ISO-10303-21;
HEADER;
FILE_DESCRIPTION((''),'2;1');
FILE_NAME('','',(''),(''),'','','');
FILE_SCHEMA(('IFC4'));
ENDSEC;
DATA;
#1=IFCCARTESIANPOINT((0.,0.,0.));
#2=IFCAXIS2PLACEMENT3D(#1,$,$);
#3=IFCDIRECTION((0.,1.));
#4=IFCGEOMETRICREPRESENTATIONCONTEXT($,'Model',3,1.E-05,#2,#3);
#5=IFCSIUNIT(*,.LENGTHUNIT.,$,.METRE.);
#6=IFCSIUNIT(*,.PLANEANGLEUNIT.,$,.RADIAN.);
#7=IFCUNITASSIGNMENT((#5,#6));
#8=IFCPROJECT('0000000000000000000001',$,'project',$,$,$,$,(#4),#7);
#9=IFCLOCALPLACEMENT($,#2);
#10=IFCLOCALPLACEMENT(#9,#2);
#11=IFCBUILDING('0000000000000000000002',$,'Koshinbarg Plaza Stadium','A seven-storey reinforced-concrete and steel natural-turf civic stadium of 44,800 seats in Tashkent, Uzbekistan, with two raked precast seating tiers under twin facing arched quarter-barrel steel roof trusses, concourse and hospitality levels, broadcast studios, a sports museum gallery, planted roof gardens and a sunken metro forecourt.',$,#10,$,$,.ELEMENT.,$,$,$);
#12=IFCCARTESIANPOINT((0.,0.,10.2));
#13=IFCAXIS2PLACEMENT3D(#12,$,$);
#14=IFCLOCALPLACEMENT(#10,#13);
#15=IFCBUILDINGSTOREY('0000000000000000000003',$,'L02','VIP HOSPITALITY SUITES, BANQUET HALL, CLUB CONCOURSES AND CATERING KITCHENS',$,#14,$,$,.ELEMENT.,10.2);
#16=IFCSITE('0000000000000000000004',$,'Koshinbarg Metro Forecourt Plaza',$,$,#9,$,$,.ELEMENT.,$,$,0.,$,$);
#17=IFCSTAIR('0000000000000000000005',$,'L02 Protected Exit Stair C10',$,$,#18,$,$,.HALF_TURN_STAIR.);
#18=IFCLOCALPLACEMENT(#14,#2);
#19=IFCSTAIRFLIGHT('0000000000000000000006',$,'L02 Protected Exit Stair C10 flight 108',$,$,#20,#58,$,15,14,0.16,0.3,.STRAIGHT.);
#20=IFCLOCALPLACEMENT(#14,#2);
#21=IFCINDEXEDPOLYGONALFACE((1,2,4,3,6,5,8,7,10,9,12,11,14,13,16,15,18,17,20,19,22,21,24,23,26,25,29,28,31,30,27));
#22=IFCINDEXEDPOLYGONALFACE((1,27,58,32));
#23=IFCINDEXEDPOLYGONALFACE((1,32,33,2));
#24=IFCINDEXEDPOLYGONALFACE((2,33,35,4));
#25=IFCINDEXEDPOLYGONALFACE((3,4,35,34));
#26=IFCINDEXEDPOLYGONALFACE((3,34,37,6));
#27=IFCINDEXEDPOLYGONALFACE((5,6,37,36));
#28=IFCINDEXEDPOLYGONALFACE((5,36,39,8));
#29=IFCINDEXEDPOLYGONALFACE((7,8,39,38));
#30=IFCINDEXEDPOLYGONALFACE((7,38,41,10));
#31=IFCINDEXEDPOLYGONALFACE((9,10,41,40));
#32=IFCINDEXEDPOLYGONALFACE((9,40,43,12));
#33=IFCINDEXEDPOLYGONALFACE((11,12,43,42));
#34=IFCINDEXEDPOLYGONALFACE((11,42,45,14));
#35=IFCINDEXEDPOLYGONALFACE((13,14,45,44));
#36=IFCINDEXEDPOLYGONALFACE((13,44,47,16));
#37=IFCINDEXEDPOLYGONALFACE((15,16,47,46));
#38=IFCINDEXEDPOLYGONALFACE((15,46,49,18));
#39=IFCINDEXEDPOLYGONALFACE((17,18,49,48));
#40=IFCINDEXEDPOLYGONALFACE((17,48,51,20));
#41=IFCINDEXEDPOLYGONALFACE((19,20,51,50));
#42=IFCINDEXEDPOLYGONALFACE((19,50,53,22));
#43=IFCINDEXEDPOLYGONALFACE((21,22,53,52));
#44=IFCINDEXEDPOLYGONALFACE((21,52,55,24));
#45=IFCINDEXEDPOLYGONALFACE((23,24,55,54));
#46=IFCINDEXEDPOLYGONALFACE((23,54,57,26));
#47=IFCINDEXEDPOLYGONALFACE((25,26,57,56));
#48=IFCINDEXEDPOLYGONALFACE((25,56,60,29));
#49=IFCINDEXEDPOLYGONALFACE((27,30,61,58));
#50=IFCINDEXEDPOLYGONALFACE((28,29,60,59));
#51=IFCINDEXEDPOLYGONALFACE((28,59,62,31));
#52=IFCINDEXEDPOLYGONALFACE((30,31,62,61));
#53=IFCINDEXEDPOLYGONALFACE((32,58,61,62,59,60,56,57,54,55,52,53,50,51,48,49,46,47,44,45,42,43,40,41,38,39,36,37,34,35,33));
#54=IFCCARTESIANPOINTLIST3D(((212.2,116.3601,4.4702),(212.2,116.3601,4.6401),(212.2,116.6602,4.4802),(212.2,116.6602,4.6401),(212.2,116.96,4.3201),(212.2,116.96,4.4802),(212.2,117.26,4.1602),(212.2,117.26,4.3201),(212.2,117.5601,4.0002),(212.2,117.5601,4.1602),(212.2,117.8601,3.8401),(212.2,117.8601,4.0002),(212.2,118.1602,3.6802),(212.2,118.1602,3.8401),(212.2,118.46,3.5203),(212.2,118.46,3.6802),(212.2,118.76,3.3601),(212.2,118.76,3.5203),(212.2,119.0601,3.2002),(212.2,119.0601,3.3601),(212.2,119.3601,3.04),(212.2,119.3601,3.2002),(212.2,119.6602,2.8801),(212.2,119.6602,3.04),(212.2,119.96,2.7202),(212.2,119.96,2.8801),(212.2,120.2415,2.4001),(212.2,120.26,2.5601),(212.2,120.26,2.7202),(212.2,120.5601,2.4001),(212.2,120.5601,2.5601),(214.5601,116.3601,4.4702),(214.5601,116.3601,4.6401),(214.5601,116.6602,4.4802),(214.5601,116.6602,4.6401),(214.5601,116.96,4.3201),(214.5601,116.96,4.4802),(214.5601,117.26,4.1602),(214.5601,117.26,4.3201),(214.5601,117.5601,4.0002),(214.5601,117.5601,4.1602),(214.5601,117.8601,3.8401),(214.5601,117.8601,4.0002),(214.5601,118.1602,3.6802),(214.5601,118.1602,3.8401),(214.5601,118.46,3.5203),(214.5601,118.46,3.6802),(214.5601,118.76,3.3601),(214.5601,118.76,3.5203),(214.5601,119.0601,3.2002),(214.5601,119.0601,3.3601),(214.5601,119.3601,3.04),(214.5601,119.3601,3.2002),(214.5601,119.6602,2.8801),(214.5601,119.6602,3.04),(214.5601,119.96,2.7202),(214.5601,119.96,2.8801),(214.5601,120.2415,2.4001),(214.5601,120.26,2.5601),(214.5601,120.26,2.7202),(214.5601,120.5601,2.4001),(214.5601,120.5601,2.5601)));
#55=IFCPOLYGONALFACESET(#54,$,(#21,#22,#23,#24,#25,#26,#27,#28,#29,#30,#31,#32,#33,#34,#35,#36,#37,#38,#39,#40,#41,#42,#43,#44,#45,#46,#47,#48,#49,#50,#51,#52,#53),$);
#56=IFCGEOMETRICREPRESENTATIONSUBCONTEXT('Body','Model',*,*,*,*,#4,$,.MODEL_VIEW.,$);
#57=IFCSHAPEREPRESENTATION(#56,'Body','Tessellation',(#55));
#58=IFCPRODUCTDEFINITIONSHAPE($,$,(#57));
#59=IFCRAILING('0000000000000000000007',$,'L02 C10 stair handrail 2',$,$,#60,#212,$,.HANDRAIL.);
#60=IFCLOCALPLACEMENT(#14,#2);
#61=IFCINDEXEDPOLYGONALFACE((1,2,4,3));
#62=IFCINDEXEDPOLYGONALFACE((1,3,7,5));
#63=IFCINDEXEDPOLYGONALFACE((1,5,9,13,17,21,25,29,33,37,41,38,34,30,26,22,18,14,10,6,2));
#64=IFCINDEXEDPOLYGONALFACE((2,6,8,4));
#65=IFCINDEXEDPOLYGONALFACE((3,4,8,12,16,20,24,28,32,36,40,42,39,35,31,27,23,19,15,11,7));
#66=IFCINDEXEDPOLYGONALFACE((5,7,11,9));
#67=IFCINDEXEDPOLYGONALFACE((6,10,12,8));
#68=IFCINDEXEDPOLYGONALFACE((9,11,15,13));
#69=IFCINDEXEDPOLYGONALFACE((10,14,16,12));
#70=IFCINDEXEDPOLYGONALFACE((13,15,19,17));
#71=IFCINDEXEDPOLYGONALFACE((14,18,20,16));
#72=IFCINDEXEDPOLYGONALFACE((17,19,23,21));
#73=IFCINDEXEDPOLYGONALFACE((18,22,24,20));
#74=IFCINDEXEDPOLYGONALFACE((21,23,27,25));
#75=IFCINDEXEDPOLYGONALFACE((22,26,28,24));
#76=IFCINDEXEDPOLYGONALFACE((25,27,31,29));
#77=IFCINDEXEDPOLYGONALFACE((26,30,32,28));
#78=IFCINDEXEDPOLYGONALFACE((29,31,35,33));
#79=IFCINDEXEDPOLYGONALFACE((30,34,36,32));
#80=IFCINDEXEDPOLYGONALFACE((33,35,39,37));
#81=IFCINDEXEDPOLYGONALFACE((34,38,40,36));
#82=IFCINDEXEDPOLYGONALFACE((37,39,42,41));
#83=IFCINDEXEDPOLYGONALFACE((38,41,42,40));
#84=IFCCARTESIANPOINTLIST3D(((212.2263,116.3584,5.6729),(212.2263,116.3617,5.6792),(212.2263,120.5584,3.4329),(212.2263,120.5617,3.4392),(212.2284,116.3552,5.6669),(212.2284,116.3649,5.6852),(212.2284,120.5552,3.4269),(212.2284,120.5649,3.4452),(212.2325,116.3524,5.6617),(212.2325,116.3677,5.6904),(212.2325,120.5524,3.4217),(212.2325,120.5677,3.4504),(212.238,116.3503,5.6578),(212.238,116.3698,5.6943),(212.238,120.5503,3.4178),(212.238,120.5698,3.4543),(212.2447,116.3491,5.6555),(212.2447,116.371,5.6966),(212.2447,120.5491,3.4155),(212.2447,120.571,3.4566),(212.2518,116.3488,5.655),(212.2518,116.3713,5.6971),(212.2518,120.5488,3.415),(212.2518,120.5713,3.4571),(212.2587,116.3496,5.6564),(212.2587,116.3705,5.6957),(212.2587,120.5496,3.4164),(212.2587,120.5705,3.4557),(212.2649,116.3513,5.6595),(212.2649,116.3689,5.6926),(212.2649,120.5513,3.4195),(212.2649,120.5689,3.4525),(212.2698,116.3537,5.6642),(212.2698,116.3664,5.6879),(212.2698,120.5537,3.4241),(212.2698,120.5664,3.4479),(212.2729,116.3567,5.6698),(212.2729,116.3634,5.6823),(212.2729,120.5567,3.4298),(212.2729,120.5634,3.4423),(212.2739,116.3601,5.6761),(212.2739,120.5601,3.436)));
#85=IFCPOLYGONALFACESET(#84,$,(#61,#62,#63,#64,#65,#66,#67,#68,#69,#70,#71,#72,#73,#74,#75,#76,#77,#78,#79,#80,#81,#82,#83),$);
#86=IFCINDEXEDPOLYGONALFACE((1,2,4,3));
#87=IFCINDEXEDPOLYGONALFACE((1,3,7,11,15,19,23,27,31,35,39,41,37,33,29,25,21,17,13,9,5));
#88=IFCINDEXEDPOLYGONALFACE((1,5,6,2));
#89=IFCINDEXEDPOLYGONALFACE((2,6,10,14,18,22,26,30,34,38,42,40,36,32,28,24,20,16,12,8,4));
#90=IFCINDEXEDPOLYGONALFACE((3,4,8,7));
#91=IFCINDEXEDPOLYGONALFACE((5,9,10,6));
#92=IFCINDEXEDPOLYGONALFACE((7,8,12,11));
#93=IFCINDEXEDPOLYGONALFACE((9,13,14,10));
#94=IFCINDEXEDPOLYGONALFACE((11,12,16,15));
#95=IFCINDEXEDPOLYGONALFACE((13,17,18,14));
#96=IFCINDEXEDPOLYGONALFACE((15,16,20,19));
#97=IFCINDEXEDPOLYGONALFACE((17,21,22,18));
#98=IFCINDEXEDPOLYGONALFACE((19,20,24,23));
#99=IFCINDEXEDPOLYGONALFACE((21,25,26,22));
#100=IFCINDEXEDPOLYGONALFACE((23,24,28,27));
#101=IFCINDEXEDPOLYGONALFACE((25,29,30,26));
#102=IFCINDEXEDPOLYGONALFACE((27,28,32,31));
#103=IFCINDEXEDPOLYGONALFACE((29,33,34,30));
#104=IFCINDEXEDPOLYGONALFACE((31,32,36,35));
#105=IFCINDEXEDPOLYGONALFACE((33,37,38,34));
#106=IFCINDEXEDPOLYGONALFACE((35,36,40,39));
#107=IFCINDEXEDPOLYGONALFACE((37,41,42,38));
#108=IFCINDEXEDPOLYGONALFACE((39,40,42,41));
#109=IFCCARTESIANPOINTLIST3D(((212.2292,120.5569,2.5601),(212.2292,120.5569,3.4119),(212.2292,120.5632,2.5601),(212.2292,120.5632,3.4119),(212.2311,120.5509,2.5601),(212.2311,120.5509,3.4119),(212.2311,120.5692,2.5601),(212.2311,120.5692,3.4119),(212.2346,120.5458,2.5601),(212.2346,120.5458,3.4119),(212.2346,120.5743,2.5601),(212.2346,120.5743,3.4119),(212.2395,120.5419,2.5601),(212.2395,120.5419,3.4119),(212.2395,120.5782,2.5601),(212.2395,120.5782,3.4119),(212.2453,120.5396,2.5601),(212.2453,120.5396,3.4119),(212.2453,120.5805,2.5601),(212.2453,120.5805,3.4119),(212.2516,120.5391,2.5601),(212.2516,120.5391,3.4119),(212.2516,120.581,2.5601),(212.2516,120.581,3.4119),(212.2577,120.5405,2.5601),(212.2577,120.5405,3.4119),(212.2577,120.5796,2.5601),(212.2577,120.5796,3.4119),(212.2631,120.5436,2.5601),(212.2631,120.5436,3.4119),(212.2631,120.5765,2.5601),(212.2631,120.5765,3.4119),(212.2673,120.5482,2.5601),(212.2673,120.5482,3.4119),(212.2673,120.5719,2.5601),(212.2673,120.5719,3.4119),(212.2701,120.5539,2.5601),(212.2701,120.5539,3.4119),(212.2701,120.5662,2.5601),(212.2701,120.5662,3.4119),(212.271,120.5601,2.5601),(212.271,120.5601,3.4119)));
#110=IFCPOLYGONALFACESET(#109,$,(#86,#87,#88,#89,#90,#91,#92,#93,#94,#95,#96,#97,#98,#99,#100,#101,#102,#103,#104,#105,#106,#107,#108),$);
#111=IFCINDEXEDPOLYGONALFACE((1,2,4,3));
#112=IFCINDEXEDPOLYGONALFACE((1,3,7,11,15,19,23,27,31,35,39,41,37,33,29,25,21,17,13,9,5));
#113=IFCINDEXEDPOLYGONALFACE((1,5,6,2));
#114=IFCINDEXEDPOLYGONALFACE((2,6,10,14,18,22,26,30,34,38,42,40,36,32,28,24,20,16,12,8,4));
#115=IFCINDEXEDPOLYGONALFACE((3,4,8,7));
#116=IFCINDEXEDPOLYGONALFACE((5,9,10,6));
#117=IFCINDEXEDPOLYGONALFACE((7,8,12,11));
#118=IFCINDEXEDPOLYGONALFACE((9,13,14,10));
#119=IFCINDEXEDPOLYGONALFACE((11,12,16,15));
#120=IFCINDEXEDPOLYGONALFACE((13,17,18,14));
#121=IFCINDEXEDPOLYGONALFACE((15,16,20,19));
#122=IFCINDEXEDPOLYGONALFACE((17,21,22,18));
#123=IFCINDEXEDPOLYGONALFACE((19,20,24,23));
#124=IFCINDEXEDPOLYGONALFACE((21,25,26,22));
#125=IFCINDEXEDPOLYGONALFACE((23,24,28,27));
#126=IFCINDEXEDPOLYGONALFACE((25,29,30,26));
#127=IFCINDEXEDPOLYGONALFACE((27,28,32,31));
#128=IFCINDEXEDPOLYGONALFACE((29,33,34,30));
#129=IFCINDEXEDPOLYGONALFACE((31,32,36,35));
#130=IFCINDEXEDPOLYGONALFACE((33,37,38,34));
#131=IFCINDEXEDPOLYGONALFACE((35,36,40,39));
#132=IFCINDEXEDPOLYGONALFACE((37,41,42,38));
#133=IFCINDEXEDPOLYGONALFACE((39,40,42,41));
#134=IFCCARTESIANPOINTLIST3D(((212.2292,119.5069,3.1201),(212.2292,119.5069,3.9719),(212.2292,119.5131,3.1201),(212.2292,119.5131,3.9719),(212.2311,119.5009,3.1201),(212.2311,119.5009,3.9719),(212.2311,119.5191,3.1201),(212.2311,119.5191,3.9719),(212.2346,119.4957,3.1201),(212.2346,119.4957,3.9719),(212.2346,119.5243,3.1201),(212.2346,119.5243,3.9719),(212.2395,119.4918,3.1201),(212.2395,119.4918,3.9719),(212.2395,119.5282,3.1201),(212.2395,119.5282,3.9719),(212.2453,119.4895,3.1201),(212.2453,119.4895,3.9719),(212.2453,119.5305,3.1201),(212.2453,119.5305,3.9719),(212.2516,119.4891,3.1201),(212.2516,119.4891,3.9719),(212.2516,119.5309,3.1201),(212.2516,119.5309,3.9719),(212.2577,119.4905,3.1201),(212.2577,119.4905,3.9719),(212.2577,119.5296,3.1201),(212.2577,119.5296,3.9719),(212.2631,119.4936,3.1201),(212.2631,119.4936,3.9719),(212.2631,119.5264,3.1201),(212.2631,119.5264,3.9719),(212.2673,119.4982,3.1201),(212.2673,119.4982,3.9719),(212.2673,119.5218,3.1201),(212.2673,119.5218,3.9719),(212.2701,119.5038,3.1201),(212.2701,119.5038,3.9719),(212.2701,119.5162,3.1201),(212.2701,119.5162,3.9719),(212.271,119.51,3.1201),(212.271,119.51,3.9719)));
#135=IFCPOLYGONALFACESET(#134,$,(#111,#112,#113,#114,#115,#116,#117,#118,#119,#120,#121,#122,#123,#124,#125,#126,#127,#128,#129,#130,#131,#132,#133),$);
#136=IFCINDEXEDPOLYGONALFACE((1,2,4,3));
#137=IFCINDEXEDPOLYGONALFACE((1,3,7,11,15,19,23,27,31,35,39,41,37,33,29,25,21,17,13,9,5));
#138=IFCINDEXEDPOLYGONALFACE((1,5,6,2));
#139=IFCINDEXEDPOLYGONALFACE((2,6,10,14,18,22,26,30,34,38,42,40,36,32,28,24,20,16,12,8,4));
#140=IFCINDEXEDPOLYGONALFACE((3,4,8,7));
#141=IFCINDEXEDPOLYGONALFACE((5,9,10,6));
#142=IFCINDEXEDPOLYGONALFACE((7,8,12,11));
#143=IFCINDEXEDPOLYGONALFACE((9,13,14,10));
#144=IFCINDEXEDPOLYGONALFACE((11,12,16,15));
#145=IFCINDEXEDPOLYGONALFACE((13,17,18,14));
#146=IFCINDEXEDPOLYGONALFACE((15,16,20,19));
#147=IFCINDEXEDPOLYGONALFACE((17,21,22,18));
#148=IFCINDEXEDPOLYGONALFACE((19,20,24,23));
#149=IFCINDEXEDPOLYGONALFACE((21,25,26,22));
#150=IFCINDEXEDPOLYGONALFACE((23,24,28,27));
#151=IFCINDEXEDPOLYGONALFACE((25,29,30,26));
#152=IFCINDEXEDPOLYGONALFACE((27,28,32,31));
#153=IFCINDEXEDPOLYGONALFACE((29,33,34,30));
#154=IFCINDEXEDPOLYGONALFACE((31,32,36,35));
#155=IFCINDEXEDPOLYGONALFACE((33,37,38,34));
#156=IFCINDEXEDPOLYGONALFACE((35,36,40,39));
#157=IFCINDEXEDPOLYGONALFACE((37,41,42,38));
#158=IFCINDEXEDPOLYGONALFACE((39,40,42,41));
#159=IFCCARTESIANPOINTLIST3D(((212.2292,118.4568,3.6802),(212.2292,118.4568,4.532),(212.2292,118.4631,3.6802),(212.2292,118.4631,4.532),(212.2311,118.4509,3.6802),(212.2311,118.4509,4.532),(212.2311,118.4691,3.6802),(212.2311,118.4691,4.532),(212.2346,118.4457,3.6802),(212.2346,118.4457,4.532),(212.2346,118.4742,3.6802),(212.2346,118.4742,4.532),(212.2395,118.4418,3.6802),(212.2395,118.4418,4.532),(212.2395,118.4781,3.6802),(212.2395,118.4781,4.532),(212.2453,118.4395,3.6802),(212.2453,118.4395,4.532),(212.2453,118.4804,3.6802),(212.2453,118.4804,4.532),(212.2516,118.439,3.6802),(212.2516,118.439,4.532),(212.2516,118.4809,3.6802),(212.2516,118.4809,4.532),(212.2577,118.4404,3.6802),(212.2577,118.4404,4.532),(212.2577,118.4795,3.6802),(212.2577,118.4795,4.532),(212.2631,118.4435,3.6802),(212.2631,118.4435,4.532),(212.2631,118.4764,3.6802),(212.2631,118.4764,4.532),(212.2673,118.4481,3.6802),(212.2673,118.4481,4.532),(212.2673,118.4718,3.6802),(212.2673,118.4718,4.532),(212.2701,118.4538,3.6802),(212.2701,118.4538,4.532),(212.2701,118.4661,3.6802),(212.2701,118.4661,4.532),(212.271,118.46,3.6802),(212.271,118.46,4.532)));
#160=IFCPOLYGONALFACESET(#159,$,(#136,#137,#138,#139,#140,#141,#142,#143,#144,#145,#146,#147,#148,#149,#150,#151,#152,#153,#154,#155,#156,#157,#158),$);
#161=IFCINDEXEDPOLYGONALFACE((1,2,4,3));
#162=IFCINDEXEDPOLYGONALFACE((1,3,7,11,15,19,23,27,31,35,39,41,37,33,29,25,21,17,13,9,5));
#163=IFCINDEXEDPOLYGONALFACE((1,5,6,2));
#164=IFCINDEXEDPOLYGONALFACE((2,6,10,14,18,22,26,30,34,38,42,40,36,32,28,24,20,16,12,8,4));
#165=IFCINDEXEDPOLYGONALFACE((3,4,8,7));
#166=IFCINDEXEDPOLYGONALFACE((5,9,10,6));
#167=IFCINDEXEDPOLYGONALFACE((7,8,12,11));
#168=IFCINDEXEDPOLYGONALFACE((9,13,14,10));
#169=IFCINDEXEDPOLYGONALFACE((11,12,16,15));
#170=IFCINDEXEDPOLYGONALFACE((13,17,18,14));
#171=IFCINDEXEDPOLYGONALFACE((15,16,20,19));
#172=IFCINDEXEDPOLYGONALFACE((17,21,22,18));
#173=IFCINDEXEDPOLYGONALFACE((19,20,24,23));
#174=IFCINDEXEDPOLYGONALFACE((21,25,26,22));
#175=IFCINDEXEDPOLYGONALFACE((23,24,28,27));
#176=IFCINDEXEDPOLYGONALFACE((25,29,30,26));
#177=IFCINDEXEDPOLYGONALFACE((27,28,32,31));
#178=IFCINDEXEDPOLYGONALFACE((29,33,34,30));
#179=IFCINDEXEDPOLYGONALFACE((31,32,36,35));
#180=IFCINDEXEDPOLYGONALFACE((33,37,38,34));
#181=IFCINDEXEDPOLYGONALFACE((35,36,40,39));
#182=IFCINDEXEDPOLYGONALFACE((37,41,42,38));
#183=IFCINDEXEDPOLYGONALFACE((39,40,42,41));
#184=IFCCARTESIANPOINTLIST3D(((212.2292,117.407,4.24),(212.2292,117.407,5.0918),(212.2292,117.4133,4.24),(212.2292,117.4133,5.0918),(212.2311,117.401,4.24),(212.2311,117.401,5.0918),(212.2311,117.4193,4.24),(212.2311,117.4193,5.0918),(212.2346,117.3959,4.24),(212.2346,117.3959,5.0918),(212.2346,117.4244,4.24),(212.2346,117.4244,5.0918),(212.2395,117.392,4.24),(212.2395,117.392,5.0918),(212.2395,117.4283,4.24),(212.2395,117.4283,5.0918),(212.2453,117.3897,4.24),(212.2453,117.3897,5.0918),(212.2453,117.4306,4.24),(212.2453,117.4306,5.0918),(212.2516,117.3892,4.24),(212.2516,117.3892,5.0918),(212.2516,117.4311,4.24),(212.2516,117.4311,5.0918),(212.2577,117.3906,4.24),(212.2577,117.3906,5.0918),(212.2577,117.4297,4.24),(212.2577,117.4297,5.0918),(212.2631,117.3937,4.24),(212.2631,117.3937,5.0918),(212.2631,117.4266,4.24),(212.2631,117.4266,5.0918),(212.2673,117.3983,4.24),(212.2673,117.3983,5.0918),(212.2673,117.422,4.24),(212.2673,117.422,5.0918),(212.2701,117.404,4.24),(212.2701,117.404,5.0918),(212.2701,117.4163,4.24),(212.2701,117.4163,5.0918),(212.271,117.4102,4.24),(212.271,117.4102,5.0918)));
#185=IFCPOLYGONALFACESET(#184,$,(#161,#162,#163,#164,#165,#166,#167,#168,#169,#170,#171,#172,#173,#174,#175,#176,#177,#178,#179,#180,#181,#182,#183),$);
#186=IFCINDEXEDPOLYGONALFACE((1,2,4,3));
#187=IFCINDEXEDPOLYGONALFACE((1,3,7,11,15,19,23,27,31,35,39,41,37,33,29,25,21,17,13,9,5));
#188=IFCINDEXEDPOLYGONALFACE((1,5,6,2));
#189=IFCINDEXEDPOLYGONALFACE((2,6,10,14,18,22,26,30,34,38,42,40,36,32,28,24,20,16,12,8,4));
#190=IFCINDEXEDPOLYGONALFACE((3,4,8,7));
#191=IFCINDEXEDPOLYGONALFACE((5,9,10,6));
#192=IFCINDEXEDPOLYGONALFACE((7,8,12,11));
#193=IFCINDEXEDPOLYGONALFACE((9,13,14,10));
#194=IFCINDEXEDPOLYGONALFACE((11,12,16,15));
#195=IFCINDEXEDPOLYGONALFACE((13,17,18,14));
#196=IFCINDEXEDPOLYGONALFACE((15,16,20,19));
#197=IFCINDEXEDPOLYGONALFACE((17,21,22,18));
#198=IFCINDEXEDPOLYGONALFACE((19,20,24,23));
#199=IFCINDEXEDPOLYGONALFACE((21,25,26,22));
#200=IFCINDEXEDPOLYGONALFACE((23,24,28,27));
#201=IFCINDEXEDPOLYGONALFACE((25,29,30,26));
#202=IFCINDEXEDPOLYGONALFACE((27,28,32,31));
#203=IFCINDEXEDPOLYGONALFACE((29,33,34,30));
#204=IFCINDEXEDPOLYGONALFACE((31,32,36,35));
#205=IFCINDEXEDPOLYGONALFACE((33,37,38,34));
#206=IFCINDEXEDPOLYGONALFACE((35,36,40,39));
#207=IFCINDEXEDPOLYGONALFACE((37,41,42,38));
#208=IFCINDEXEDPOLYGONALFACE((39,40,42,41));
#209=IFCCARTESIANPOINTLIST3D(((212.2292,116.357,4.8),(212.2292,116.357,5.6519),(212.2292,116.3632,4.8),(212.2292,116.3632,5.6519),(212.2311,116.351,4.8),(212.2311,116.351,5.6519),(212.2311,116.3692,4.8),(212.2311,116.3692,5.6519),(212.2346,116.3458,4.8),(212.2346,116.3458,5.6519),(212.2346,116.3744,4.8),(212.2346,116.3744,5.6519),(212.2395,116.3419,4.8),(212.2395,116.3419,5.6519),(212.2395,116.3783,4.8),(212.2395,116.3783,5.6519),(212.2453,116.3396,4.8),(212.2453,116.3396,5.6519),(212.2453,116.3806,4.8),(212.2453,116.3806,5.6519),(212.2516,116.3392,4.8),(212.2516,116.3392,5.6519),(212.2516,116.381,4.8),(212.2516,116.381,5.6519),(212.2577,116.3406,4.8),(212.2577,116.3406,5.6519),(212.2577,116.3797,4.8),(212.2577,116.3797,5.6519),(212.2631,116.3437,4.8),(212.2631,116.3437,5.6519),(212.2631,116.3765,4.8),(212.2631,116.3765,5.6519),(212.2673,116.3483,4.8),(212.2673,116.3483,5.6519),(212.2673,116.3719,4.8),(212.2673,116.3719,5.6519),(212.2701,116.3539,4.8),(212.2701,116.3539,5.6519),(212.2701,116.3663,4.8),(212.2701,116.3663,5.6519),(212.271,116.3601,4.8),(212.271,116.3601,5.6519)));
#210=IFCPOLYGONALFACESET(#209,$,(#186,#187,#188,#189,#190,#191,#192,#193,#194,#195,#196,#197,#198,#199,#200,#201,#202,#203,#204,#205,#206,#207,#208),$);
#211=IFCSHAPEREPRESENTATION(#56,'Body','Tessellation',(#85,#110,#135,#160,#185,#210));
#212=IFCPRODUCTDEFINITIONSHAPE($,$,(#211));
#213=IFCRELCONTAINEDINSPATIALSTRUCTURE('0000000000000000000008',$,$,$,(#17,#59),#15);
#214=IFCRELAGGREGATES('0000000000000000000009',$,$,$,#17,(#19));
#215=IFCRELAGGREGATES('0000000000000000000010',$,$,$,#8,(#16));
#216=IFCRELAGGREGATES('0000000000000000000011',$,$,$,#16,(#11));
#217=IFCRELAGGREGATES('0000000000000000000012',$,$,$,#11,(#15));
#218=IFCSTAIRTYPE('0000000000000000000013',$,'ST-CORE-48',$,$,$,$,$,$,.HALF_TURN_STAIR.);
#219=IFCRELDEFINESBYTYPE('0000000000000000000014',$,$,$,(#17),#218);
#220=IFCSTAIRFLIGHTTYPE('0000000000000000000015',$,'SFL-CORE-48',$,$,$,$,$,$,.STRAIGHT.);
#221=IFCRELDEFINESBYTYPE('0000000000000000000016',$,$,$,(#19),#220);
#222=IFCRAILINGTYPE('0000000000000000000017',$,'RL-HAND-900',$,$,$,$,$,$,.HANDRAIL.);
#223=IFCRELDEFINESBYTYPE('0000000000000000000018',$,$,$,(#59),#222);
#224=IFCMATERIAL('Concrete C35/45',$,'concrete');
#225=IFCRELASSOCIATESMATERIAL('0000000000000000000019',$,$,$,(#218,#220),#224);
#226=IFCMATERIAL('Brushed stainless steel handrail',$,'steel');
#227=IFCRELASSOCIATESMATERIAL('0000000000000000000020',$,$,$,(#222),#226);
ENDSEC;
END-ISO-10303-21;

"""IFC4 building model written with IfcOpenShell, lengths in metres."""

from ifc_helpers import new_model, si_unit, direction, frame, origin, origin_2d, place, context, subcontext, project, spatial, polyline, circle, outline, extrude, material, type_object, element, aggregate, save


model = new_model("IFC4")

# Units and contexts
model_context = context("Model", 3, precision=1e-05, world=origin(), true_north=direction((0.0, 1.0)))
body_context = subcontext(model_context, "Body", "Model", "MODEL_VIEW")
ifc_project = project(units=[si_unit("LENGTHUNIT", "METRE"), si_unit("PLANEANGLEUNIT", "RADIAN")], contexts=[model_context])

# Site, building, storey
site_placement = place(None, origin())
site = spatial("IfcSite", under=ifc_project, at=site_placement, Name="Koshinbarg Metro Forecourt Plaza", CompositionType="ELEMENT", RefElevation=0.0)
building_placement = place(site_placement, origin())
building = spatial("IfcBuilding", under=site, at=building_placement, Name="Koshinbarg Plaza Stadium", Description="A seven-storey reinforced-concrete and steel natural-turf civic stadium of 44,800 seats in Tashkent, Uzbekistan, with two raked precast seating tiers under twin facing arched quarter-barrel steel roof trusses, concourse and hospitality levels, broadcast studios, a sports museum gallery, planted roof gardens and a sunken metro forecourt.", CompositionType="ELEMENT")
storey_placement = place(building_placement, frame((0.0, 0.0, 10.2)))
storey = spatial("IfcBuildingStorey", under=building, at=storey_placement, Name="L02", Description="VIP HOSPITALITY SUITES, BANQUET HALL, CLUB CONCOURSES AND CATERING KITCHENS", CompositionType="ELEMENT", Elevation=10.2)

# Stair, stair flight
ifc_material_1 = material(Name="Concrete C35/45", Category="concrete")
stair_type = type_object("IfcStairType", Name="ST-CORE-48", PredefinedType="HALF_TURN_STAIR", material=ifc_material_1)
stair_placement = place(storey_placement, origin())
stair = element("IfcStair", 1, at=stair_placement, inside=storey, type_object=stair_type, Name="L02 Protected Exit Stair C10", PredefinedType="HALF_TURN_STAIR")
stair_flight_type = type_object("IfcStairFlightType", Name="SFL-CORE-48", PredefinedType="STRAIGHT", material=ifc_material_1)
stair_flight_placement = place(storey_placement, frame((213.3799, 120.5601, 2.4001), z_axis=(0.0, 0.0, 1.0), x_axis=(0.0, -1.0, 0.0)))
stair_flight = element("IfcStairFlight", 2, at=stair_flight_placement, type_object=stair_flight_type, Name="L02 Protected Exit Stair C10 flight 108", NumberOfRisers=15, NumberOfTreads=14, PredefinedType="STRAIGHT", RiserHeight=0.16, TreadLength=0.3, context=body_context, shape_type="SweptSolid", body=[
    extrude(outline(polyline([(0.0, 0.0), (0.0, 0.1599), (0.3, 0.1599), (0.3, 0.3201), (0.6001, 0.3201), (0.6001, 0.48), (0.8999, 0.48), (0.8999, 0.6399), (1.2, 0.6399), (1.2, 0.8), (1.5, 0.8), (1.5, 0.96), (1.8, 0.96), (1.8, 1.1201), (2.1001, 1.1201), (2.1001, 1.28), (2.3999, 1.28), (2.3999, 1.4399), (2.7, 1.4399), (2.7, 1.6001), (3.0, 1.6001), (3.0, 1.76), (3.3, 1.76), (3.3, 1.9199), (3.6001, 1.9199), (3.6001, 2.0801), (3.8999, 2.0801), (3.8999, 2.24), (4.2, 2.24), (4.2, 2.3999), (4.2, 2.0701), (0.3186, 0.0), (0.0, 0.0)])), frame((0.0, 1.1802, 0.0), z_axis=(0.0, -1.0, 0.0), x_axis=(1.0, 0.0, 0.0)), (0.0, 0.0, 1.0), 2.3601),
])
aggregate(stair, [stair_flight])

# Railing
ifc_material_2 = material(Name="Brushed stainless steel handrail", Category="steel")
railing_type = type_object("IfcRailingType", Name="RL-HAND-900", PredefinedType="HANDRAIL", material=ifc_material_2)
railing_placement = place(storey_placement, frame((212.25, 120.5601, 2.5601)))
element("IfcRailing", 3, at=railing_placement, inside=storey, type_object=railing_type, Name="L02 C10 stair handrail 2", PredefinedType="HANDRAIL", context=body_context, shape_type="SweptSolid", body=[
    extrude(circle(Radius=0.0239, at=origin_2d()), frame((0.0, 0.0, 0.876), z_axis=(0.0, -0.882352, 0.470591), x_axis=(1.0, 0.0, 0.0)), (0.0, 0.0, 1.0), 4.76),
    extrude(circle(Radius=0.021, at=origin_2d()), origin(), (0.0, 0.0, 1.0), 0.8518),
    extrude(circle(Radius=0.021, at=origin_2d()), frame((0.0, -1.05, 0.5601)), (0.0, 0.0, 1.0), 0.8518),
    extrude(circle(Radius=0.021, at=origin_2d()), frame((0.0, -2.1001, 1.1201)), (0.0, 0.0, 1.0), 0.8518),
    extrude(circle(Radius=0.021, at=origin_2d()), frame((0.0, -3.1499, 1.6799)), (0.0, 0.0, 1.0), 0.8518),
    extrude(circle(Radius=0.021, at=origin_2d()), frame((0.0, -4.2, 2.24)), (0.0, 0.0, 1.0), 0.8518),
])

save(model, "model.ifc")
